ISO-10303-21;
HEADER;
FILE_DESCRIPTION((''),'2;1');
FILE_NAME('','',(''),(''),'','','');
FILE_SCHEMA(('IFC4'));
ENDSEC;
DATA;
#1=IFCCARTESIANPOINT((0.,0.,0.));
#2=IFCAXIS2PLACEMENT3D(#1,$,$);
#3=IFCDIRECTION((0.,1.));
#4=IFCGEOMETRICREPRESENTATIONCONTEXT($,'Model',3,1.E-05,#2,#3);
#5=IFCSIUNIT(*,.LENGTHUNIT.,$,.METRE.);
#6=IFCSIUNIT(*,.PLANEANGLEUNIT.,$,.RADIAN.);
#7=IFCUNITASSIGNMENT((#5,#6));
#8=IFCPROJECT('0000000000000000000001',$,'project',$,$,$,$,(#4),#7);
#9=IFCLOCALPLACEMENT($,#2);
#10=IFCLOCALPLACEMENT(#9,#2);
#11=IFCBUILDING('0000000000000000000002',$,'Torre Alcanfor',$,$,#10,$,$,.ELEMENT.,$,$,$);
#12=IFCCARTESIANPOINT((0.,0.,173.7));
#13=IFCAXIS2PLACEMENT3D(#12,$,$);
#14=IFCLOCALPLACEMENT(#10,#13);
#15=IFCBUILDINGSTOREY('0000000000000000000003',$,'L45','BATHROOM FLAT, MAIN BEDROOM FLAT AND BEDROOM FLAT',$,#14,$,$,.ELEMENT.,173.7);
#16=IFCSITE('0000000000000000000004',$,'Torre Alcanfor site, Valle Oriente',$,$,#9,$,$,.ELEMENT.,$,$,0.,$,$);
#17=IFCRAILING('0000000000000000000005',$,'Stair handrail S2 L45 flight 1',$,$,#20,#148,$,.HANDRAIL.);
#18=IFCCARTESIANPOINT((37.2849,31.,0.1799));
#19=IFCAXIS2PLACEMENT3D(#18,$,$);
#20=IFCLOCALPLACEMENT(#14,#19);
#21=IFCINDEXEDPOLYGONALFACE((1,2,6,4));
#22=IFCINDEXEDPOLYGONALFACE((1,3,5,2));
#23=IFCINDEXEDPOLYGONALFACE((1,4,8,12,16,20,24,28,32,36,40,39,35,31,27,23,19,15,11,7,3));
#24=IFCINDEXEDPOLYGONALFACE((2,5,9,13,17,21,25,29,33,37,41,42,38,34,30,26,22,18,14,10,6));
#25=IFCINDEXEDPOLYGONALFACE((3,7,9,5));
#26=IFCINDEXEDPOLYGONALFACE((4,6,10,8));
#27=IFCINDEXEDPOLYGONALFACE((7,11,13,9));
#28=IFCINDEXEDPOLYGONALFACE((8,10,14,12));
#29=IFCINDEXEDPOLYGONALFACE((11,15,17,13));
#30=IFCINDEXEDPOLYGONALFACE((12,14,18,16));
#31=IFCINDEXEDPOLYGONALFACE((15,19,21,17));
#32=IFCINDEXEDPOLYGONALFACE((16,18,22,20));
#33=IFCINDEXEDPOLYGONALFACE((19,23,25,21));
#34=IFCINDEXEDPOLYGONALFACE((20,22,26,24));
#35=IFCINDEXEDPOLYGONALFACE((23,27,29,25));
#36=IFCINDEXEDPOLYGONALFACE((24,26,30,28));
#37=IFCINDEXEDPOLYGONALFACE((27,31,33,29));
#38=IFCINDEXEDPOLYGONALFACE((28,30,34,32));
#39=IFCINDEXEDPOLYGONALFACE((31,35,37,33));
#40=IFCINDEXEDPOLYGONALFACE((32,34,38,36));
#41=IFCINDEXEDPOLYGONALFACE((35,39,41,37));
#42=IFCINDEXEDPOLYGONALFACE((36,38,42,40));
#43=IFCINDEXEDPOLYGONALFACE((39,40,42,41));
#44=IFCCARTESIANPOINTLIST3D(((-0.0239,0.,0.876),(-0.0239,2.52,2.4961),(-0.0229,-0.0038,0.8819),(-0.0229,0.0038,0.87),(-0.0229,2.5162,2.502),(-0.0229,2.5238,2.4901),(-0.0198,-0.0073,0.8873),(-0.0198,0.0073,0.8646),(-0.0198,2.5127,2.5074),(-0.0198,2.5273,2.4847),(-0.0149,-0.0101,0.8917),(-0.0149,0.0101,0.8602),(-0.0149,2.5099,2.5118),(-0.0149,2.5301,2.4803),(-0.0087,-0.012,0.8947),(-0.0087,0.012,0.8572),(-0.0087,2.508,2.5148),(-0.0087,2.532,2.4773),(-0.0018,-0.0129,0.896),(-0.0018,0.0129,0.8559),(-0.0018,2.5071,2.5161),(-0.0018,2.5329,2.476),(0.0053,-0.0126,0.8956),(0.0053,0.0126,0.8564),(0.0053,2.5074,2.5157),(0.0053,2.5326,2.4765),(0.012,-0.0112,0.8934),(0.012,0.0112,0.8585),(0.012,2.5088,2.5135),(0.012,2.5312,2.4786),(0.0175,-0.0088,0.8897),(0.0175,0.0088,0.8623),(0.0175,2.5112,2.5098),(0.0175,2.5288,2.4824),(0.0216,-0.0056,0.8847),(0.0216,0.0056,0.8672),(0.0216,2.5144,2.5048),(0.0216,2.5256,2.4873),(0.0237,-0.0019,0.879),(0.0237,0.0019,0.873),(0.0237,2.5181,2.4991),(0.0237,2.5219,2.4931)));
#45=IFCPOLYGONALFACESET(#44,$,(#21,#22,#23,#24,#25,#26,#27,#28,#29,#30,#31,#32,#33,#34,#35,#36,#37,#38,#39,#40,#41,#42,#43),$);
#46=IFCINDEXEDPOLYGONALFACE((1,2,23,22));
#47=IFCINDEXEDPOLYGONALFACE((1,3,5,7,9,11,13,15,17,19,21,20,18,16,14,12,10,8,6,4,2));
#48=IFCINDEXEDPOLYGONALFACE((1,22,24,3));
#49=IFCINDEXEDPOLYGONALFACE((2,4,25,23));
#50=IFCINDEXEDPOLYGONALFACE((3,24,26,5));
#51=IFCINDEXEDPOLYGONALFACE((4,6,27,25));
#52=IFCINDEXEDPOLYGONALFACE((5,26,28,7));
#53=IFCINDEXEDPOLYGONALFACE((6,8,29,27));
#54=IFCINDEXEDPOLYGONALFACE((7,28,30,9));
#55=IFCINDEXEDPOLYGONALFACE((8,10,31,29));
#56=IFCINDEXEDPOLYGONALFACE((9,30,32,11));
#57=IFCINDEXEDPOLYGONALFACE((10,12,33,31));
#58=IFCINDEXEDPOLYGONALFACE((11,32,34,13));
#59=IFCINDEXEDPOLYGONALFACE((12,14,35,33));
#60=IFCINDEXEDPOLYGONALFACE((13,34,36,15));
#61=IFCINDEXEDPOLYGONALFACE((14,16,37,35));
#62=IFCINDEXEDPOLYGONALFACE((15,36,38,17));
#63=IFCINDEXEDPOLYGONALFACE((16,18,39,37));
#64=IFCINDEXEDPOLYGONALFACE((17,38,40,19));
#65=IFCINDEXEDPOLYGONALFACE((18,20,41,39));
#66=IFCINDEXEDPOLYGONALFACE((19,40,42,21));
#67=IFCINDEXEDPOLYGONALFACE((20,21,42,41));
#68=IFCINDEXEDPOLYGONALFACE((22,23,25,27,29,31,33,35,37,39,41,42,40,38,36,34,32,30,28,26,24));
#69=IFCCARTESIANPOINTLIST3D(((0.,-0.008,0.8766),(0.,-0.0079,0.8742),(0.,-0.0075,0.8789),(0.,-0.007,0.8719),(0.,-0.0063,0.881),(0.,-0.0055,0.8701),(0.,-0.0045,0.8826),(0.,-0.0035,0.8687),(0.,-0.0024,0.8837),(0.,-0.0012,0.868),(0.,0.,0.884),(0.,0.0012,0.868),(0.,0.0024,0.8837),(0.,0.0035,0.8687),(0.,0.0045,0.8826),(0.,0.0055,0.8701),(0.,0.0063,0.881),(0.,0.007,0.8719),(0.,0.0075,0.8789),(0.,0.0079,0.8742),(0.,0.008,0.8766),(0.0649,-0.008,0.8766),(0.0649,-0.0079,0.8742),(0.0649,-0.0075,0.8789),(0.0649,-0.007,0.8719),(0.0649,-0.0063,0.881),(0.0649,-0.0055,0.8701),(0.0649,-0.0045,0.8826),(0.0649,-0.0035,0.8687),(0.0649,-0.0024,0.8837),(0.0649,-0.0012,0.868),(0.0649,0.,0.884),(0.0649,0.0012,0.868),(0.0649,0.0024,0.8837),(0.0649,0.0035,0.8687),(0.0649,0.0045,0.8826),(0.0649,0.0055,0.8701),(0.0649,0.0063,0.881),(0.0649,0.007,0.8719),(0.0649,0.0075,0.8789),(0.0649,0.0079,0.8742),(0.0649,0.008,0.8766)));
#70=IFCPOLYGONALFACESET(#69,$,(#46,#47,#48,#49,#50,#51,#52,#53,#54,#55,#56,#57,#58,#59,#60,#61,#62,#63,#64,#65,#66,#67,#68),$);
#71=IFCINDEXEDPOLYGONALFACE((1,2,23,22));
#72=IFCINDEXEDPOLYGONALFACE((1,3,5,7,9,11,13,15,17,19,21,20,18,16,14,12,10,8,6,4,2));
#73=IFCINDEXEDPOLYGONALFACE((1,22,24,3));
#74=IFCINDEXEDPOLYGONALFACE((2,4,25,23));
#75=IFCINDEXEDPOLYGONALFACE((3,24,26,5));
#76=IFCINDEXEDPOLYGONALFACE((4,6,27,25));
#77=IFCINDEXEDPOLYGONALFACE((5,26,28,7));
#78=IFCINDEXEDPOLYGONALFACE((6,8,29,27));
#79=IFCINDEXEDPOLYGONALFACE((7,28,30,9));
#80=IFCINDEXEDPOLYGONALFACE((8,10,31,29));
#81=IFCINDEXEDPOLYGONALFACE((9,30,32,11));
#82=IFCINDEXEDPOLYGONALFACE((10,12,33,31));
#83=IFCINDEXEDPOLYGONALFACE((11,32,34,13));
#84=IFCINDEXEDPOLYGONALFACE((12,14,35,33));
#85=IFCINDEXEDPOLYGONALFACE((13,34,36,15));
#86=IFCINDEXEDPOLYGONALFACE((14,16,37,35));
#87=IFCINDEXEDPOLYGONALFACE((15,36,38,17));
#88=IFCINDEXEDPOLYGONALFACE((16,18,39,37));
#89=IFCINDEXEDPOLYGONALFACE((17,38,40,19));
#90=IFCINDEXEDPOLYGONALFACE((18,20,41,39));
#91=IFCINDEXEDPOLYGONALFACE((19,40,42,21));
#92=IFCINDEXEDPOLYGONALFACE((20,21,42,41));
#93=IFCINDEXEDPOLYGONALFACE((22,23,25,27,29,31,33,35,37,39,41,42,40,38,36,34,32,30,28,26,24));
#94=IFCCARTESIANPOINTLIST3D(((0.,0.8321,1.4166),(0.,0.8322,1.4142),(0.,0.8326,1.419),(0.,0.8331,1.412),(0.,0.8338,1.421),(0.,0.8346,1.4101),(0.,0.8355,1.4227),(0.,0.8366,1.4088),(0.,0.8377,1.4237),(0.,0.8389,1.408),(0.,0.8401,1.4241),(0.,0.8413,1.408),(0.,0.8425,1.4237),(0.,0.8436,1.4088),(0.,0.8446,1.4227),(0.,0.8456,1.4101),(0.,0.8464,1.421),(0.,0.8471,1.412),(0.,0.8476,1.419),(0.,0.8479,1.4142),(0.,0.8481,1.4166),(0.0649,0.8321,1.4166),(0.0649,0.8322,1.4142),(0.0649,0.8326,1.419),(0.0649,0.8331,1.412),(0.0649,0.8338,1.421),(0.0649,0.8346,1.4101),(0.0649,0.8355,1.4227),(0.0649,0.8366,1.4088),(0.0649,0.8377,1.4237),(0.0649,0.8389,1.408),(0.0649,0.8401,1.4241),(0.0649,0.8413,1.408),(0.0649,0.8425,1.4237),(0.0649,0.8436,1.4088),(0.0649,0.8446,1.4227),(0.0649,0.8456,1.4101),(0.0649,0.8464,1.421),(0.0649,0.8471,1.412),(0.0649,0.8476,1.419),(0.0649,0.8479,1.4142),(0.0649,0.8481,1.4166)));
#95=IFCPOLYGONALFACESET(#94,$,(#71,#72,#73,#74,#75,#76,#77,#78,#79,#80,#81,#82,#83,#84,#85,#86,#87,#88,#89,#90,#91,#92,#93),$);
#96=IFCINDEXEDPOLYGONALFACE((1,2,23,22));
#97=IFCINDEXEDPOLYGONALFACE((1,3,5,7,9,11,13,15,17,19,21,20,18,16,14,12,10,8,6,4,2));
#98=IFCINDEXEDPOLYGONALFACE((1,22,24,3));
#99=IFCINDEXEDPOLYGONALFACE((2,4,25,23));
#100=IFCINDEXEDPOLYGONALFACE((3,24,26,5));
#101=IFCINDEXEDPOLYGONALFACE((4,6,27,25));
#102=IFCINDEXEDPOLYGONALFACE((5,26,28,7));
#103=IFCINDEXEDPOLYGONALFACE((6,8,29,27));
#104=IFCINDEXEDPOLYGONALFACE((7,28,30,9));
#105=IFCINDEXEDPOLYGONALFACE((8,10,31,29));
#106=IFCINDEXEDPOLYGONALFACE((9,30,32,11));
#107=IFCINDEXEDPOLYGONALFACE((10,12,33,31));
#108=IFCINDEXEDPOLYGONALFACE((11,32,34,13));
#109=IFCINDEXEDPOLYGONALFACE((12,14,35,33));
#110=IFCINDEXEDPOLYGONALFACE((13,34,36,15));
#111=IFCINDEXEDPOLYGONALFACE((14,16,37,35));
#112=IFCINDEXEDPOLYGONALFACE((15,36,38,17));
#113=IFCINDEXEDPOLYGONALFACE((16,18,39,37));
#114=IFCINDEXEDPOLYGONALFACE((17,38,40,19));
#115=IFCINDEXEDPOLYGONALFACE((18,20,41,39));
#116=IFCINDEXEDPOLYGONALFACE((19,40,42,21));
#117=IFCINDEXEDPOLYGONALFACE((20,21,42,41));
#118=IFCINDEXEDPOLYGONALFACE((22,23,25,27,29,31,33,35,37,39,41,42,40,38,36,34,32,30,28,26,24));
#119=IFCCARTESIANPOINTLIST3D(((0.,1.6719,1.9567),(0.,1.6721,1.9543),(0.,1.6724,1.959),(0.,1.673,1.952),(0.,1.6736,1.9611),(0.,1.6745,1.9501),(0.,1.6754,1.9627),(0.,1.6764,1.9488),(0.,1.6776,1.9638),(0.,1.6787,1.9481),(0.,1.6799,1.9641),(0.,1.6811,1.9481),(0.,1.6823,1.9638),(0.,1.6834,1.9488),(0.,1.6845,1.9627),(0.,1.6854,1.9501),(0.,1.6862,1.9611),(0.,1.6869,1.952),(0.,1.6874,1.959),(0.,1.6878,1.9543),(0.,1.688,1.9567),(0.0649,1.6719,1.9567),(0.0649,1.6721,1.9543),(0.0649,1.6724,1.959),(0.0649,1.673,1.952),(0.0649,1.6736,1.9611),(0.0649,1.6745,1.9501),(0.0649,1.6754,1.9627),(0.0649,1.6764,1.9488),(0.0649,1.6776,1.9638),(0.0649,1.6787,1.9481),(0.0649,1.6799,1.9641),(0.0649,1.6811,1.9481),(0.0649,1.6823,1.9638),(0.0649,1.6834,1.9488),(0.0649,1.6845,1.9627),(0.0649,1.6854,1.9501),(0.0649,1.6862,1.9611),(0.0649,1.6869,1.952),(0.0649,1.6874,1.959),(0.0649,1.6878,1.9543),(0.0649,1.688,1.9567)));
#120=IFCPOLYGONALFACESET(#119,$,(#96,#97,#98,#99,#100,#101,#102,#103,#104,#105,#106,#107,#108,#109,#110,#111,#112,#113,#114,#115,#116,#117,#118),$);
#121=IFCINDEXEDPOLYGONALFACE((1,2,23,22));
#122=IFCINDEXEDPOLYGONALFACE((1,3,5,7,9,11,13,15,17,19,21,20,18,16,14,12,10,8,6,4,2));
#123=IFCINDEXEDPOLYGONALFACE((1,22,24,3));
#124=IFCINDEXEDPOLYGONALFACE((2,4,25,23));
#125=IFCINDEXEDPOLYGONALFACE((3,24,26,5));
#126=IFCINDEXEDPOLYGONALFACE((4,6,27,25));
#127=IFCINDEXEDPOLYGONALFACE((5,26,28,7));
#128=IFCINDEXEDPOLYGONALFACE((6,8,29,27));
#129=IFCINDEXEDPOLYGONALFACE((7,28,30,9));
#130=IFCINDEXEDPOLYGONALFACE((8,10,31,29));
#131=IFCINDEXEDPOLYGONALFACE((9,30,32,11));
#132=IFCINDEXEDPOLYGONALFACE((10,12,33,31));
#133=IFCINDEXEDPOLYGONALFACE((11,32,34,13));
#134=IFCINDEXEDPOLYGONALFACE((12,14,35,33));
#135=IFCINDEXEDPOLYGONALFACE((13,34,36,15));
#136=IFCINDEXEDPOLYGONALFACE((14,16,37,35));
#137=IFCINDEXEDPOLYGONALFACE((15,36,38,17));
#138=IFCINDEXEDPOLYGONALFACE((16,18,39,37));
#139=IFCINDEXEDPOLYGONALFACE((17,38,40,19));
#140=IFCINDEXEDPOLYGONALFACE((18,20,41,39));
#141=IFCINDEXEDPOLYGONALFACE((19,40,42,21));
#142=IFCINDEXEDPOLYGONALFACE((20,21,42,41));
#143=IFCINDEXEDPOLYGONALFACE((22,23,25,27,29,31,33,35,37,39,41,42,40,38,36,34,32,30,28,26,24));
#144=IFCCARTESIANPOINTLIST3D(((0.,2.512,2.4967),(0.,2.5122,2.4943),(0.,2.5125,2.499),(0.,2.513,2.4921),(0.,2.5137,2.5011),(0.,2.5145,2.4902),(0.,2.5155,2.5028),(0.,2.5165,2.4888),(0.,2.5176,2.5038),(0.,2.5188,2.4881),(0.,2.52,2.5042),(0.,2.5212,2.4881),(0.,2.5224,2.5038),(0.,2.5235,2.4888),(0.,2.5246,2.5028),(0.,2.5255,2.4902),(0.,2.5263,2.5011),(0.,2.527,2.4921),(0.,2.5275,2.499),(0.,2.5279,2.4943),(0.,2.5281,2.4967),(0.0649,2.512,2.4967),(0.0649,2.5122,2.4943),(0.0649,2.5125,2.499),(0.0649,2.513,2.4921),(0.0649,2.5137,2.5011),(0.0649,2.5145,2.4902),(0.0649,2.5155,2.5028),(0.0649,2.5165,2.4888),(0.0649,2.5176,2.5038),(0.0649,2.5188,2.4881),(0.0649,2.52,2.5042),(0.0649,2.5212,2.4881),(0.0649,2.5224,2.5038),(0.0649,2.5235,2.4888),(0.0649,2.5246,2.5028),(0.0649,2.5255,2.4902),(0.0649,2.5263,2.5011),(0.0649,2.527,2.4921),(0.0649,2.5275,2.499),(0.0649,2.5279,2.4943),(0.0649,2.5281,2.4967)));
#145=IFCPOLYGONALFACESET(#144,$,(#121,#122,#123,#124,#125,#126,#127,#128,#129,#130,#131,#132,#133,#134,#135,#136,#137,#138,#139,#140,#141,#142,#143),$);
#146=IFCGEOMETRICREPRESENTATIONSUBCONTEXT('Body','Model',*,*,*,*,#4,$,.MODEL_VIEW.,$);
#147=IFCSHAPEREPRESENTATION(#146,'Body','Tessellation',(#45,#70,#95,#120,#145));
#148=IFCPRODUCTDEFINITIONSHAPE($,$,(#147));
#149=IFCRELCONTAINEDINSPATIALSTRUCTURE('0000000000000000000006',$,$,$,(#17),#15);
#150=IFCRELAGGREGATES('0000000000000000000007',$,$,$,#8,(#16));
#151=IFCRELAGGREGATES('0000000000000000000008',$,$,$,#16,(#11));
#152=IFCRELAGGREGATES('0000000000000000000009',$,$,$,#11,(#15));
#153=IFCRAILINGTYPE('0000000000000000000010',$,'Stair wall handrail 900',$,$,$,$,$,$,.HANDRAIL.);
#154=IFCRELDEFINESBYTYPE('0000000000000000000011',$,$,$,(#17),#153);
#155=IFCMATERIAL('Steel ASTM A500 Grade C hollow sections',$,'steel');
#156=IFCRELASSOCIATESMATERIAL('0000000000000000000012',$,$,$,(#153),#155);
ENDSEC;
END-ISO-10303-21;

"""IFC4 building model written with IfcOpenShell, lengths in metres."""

from ifc_helpers import new_model, si_unit, direction, frame, origin, origin_2d, place, context, subcontext, project, spatial, circle, extrude, material, type_object, element, save


model = new_model("IFC4")

# Units and contexts
model_context = context("Model", 3, precision=1e-05, world=origin(), true_north=direction((0.0, 1.0)))
body_context = subcontext(model_context, "Body", "Model", "MODEL_VIEW")
ifc_project = project(units=[si_unit("LENGTHUNIT", "METRE"), si_unit("PLANEANGLEUNIT", "RADIAN")], contexts=[model_context])

# Site, building, storey
site_placement = place(None, origin())
site = spatial("IfcSite", under=ifc_project, at=site_placement, Name="Torre Alcanfor site, Valle Oriente", CompositionType="ELEMENT", RefElevation=0.0)
building_placement = place(site_placement, origin())
building = spatial("IfcBuilding", under=site, at=building_placement, Name="Torre Alcanfor", CompositionType="ELEMENT")
storey_placement = place(building_placement, frame((0.0, 0.0, 173.7)))
storey = spatial("IfcBuildingStorey", under=building, at=storey_placement, Name="L45", Description="BATHROOM FLAT, MAIN BEDROOM FLAT AND BEDROOM FLAT", CompositionType="ELEMENT", Elevation=173.7)

# Railing
ifc_material_1 = material(Name="Steel ASTM A500 Grade C hollow sections", Category="steel")
railing_type_1 = type_object("IfcRailingType", Name="Stair wall handrail 900", PredefinedType="HANDRAIL", material=ifc_material_1)
railing_1_placement = place(storey_placement, frame((37.2849, 31.0, 0.1799)))
element("IfcRailing", 1, at=railing_1_placement, inside=storey, type_object=railing_type_1, Name="Stair handrail S2 L45 flight 1", PredefinedType="HANDRAIL", context=body_context, shape_type="SweptSolid", body=[
    extrude(circle(Radius=0.0239, at=origin_2d()), frame((0.0, 0.0, 0.876), z_axis=(0.0, 0.841163, 0.540782), x_axis=(-1.0, 0.0, 0.0)), (0.0, 0.0, 1.0), 2.9958),
    extrude(circle(Radius=0.0081, at=origin_2d()), frame((0.0, 0.0, 0.876), z_axis=(1.0, 0.0, 0.0), x_axis=(0.0, 0.0, 1.0)), (0.0, 0.0, 1.0), 0.0649),
    extrude(circle(Radius=0.0081, at=origin_2d()), frame((0.0, 0.8401, 1.416), z_axis=(1.0, 0.0, 0.0), x_axis=(0.0, 0.0, 1.0)), (0.0, 0.0, 1.0), 0.0649),
    extrude(circle(Radius=0.0081, at=origin_2d()), frame((0.0, 1.6799, 1.9561), z_axis=(1.0, 0.0, 0.0), x_axis=(0.0, 0.0, 1.0)), (0.0, 0.0, 1.0), 0.0649),
    extrude(circle(Radius=0.0081, at=origin_2d()), frame((0.0, 2.52, 2.4961), z_axis=(1.0, 0.0, 0.0), x_axis=(0.0, 0.0, 1.0)), (0.0, 0.0, 1.0), 0.0649),
])

save(model, "model.ifc")
